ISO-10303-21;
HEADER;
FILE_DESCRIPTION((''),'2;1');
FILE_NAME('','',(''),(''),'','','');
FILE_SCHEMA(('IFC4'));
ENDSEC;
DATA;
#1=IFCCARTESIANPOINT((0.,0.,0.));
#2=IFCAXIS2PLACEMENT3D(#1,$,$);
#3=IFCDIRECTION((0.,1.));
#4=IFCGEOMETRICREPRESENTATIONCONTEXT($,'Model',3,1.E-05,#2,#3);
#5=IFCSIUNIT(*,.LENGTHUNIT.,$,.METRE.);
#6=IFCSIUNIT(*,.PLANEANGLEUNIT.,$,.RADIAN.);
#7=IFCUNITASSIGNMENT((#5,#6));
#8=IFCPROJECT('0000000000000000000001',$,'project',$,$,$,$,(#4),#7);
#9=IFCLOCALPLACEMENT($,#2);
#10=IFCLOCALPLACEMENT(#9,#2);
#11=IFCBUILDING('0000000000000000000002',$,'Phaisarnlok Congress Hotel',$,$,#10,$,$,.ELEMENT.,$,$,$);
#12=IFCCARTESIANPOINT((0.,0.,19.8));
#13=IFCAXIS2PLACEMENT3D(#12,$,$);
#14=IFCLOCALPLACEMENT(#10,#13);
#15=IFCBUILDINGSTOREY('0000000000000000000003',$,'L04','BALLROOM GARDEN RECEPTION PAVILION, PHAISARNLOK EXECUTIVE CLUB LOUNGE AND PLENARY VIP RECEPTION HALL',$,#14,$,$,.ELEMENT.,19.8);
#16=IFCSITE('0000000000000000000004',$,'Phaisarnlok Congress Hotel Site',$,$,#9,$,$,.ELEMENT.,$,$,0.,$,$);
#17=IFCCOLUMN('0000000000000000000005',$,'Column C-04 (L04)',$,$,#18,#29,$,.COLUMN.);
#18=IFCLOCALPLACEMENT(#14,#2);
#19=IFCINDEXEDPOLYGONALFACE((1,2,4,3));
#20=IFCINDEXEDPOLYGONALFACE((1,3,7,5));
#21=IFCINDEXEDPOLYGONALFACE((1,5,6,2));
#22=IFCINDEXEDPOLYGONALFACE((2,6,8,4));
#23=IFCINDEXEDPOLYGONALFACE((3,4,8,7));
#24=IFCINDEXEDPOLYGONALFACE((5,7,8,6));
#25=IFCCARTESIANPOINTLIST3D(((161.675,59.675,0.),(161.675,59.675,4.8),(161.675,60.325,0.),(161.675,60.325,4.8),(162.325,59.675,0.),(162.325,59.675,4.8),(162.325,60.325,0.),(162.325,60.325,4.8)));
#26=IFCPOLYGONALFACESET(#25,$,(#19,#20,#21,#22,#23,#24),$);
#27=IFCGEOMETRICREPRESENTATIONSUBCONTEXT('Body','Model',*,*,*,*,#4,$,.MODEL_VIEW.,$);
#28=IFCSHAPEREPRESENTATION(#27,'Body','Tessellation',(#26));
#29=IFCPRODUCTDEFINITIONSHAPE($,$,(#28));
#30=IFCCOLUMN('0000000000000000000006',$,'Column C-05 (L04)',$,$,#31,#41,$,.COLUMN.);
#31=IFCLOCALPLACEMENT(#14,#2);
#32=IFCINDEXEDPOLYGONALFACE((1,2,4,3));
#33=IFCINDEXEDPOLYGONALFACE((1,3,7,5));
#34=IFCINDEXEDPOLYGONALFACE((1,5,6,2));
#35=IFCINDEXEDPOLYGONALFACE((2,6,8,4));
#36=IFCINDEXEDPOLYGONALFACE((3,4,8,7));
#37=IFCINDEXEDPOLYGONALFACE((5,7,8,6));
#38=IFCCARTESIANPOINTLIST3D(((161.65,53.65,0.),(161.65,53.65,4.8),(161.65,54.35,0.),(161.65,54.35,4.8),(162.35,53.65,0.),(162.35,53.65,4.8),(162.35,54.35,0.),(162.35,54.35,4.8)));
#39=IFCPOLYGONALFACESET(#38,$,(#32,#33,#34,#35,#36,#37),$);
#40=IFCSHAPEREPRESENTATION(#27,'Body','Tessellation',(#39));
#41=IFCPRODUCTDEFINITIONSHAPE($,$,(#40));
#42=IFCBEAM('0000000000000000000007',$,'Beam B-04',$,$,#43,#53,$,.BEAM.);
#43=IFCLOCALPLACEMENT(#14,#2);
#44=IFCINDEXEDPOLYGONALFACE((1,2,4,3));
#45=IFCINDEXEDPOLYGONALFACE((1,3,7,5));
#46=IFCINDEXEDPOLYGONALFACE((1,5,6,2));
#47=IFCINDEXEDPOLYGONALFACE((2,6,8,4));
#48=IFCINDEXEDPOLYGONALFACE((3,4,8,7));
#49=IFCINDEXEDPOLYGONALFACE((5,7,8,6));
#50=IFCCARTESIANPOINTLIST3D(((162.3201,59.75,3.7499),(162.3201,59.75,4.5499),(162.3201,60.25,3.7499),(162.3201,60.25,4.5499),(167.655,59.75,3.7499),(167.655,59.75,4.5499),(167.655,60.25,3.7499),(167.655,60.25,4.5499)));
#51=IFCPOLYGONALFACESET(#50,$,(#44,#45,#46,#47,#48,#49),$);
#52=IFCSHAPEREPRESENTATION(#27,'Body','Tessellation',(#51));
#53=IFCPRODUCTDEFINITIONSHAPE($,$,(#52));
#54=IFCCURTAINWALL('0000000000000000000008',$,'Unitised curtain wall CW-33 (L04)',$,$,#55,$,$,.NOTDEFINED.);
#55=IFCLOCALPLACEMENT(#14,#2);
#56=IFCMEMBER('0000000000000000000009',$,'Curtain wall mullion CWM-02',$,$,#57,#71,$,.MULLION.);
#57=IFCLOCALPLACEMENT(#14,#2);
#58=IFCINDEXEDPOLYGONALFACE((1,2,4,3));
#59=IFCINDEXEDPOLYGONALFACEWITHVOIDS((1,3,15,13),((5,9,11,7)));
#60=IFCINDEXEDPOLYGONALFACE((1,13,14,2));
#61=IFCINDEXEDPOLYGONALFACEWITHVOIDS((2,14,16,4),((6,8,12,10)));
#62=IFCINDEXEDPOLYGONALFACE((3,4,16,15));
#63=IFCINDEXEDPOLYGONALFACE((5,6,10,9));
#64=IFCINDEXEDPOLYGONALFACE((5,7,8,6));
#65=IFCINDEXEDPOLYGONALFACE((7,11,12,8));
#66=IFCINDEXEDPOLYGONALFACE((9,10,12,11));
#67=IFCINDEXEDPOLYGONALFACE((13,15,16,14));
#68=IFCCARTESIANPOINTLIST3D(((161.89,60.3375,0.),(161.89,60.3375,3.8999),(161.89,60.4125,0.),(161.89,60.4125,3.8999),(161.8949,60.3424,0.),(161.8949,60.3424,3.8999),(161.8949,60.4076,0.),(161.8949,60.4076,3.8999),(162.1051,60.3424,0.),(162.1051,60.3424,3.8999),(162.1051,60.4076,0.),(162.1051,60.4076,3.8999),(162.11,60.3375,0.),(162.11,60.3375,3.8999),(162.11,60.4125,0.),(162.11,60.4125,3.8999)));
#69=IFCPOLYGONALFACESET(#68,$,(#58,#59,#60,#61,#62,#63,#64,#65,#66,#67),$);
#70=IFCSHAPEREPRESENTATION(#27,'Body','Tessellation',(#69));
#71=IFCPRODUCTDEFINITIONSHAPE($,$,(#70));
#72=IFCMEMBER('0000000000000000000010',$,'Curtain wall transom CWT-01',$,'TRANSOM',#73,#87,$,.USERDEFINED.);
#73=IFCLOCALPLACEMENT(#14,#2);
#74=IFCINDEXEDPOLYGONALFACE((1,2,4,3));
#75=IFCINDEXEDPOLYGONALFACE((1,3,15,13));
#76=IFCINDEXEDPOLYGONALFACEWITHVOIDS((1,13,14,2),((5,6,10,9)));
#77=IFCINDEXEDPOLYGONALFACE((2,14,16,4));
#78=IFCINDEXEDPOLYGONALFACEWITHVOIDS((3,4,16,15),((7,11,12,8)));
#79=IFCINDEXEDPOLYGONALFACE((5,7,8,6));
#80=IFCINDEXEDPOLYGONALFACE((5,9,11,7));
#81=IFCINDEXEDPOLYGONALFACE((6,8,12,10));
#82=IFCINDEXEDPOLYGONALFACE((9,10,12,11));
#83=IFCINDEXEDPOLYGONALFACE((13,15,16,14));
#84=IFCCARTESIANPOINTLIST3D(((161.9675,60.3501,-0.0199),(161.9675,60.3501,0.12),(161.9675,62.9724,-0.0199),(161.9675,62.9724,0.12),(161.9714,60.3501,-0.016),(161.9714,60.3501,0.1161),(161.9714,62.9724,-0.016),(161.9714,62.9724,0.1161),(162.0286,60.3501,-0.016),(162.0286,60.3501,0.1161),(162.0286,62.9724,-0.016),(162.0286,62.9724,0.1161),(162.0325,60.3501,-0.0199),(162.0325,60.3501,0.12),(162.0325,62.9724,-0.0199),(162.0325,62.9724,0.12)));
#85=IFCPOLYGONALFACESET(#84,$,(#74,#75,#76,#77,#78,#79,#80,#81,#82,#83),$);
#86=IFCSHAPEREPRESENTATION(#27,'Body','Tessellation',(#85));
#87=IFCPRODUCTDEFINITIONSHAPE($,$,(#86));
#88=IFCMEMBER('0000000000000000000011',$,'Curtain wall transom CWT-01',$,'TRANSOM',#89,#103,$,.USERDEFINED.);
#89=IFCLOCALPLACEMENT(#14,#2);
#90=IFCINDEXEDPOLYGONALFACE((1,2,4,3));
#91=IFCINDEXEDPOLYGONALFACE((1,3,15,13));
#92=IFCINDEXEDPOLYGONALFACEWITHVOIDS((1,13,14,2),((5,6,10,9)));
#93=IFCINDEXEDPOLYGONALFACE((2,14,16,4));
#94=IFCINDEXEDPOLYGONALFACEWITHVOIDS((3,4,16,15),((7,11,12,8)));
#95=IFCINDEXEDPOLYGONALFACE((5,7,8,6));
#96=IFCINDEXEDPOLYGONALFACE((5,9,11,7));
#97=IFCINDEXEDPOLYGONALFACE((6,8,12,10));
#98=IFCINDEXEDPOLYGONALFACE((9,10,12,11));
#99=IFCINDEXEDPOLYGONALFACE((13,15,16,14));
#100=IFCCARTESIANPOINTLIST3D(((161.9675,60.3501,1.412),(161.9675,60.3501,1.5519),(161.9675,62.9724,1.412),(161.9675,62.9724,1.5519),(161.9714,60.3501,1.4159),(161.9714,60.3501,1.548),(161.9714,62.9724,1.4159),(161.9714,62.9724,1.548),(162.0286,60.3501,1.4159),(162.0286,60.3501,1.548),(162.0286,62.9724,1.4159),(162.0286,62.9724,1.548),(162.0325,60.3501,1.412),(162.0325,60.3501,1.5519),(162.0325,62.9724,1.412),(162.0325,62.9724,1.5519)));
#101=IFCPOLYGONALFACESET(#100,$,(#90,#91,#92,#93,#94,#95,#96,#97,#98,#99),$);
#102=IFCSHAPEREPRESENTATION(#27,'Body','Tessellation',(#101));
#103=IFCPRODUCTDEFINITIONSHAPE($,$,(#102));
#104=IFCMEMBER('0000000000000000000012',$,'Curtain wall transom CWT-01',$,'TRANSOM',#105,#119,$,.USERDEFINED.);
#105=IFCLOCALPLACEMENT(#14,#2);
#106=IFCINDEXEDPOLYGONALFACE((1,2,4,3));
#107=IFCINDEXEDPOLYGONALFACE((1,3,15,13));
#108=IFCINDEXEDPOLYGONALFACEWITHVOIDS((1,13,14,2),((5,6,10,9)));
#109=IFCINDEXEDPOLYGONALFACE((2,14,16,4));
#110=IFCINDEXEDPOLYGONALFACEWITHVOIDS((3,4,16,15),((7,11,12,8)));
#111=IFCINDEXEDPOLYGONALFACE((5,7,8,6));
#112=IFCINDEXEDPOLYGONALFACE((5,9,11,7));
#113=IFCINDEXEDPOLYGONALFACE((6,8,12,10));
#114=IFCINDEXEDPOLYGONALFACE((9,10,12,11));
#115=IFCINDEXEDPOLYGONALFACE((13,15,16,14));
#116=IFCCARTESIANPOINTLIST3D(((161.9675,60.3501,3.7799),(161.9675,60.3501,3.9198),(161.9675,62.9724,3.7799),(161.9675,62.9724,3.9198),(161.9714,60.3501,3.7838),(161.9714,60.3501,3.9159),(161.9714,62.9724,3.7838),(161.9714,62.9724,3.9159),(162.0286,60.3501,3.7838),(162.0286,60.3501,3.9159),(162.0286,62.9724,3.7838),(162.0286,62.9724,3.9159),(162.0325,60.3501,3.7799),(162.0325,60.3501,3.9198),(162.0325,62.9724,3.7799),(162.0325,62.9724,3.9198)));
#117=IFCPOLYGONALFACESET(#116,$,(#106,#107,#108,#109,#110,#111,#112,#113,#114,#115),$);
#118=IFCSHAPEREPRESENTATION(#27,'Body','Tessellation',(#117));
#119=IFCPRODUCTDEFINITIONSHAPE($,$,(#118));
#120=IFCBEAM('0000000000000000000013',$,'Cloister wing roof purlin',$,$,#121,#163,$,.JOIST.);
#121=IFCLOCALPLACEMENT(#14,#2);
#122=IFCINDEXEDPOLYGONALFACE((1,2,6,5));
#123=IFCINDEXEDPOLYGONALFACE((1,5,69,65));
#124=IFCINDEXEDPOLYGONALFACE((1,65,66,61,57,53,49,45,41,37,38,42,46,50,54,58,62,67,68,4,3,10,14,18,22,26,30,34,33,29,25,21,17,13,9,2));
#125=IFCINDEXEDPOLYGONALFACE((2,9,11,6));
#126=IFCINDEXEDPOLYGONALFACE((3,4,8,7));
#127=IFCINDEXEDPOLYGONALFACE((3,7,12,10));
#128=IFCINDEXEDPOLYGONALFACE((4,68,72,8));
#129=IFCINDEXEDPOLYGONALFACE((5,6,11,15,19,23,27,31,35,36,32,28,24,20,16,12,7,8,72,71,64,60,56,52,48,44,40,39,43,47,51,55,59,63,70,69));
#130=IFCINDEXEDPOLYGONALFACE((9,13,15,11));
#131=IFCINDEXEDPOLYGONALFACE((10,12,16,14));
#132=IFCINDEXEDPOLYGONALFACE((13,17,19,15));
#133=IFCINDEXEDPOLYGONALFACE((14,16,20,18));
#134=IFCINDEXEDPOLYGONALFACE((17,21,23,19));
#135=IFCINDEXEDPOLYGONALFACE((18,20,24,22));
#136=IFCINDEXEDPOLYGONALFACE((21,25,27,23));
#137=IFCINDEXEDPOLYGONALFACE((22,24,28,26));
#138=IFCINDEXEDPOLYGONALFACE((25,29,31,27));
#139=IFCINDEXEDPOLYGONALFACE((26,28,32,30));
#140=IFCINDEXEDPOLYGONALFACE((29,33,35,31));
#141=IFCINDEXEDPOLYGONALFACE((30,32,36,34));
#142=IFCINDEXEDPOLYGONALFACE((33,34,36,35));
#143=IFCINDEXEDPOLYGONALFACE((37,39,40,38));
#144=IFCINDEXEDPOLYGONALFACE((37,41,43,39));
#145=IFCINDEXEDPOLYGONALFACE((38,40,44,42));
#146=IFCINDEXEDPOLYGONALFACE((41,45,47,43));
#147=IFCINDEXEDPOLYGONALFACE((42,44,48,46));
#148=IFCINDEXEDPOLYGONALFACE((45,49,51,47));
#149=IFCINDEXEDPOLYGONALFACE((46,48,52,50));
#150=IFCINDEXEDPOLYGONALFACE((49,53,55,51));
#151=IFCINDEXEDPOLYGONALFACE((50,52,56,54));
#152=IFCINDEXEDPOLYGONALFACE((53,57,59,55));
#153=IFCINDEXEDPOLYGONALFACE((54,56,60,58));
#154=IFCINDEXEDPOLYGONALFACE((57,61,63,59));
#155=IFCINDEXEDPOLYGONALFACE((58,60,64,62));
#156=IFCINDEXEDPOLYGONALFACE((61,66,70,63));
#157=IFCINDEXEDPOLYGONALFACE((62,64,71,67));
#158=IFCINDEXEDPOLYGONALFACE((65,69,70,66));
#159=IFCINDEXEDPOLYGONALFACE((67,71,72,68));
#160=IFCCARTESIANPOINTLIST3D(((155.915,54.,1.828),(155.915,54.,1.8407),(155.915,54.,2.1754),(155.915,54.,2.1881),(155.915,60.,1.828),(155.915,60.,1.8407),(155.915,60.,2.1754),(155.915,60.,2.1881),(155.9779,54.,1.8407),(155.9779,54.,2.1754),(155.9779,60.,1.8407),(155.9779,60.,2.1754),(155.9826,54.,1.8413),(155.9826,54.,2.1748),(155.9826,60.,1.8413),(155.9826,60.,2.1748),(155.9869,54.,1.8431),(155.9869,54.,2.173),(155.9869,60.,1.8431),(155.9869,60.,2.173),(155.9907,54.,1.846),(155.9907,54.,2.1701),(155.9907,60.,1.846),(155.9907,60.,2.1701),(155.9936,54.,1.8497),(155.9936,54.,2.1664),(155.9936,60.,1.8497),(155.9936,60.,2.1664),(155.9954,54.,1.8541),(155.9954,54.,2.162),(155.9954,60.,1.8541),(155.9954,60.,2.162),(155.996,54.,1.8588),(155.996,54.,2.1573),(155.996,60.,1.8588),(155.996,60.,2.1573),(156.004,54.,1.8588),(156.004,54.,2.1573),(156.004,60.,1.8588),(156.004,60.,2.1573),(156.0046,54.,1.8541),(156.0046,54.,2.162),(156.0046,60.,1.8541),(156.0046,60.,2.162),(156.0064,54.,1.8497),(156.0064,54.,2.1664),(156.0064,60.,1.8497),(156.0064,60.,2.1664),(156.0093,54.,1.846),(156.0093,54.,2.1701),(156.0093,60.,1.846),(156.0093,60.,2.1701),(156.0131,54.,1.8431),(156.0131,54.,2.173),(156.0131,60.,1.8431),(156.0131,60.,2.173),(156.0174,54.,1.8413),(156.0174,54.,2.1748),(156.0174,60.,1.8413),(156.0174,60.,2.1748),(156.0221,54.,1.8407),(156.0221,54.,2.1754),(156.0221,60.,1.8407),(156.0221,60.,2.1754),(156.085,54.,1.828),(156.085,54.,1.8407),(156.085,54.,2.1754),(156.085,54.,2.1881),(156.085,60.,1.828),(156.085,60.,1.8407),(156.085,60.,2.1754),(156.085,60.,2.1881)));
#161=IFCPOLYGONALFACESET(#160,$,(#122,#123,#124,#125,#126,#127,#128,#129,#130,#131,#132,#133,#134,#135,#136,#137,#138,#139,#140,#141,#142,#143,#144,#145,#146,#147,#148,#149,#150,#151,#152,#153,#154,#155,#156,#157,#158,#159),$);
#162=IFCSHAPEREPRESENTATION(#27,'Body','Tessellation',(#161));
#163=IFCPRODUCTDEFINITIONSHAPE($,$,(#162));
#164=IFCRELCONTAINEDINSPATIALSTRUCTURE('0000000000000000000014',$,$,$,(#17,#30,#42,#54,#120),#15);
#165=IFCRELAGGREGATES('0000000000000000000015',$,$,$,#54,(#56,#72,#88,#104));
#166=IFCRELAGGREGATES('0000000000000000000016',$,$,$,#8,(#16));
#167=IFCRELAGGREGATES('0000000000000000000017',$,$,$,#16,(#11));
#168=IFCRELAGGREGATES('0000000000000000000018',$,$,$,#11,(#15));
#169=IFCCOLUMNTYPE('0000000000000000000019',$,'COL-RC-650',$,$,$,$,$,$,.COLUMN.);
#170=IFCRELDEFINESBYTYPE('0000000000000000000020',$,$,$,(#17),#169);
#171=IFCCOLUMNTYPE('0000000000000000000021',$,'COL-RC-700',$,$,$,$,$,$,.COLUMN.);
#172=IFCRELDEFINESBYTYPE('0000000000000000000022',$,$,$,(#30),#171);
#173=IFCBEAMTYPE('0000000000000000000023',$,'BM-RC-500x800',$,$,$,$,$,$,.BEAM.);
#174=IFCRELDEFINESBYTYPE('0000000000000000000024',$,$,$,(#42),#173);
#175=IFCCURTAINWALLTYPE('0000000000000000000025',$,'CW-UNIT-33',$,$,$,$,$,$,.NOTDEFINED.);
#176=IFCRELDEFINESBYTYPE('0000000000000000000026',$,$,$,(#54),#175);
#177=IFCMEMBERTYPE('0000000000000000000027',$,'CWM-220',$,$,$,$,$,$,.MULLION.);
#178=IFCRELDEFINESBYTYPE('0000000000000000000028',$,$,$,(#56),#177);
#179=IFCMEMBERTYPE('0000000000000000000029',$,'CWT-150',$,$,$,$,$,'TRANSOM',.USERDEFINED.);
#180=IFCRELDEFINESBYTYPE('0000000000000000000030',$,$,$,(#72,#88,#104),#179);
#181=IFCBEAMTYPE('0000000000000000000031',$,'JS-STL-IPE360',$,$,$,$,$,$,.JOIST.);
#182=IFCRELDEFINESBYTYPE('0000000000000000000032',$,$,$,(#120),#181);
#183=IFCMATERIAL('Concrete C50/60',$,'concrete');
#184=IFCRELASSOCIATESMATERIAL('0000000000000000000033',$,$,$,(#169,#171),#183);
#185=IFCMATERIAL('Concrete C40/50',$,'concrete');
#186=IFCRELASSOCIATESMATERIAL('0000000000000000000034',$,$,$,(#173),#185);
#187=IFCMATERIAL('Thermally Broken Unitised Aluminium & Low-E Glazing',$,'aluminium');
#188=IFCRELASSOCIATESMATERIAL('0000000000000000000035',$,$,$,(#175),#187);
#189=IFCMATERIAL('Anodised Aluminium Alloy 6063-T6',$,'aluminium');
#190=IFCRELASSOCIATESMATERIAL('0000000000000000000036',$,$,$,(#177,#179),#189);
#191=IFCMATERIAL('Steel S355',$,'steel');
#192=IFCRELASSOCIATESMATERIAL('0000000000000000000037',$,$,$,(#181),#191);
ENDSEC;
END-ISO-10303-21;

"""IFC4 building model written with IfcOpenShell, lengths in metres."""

from ifc_helpers import new_model, si_unit, direction, frame, origin, origin_2d, place, context, subcontext, project, spatial, rectangle, hollow_rectangle, i_section, extrude, material, material_profile, profile_set, type_object, element, aggregate, save


model = new_model("IFC4")

# Units and contexts
model_context = context("Model", 3, precision=1e-05, world=origin(), true_north=direction((0.0, 1.0)))
body_context = subcontext(model_context, "Body", "Model", "MODEL_VIEW")
ifc_project = project(units=[si_unit("LENGTHUNIT", "METRE"), si_unit("PLANEANGLEUNIT", "RADIAN")], contexts=[model_context])

# Site, building, storey
site_placement = place(None, origin())
site = spatial("IfcSite", under=ifc_project, at=site_placement, Name="Phaisarnlok Congress Hotel Site", CompositionType="ELEMENT", RefElevation=0.0)
building_placement = place(site_placement, origin())
building = spatial("IfcBuilding", under=site, at=building_placement, Name="Phaisarnlok Congress Hotel", CompositionType="ELEMENT")
storey_placement = place(building_placement, frame((0.0, 0.0, 19.8)))
storey = spatial("IfcBuildingStorey", under=building, at=storey_placement, Name="L04", Description="BALLROOM GARDEN RECEPTION PAVILION, PHAISARNLOK EXECUTIVE CLUB LOUNGE AND PLENARY VIP RECEPTION HALL", CompositionType="ELEMENT", Elevation=19.8)

# Columns
ifc_material_1 = material(Name="Concrete C50/60", Category="concrete")
ifc_material_profile_1 = material_profile(ifc_material_1, rectangle(XDim=0.6499, YDim=0.6499, at=origin_2d()), Name="RC 650x650")
ifc_profile_set_1 = profile_set([ifc_material_profile_1], Name="Concrete C50/60")
column_type_1 = type_object("IfcColumnType", Name="COL-RC-650", PredefinedType="COLUMN", material=ifc_profile_set_1)
column_1_placement = place(storey_placement, frame((162.0, 60.0, 0.0), z_axis=(0.0, 0.0, 1.0), x_axis=(1.0, 0.0, 0.0)))
element("IfcColumn", 1, at=column_1_placement, inside=storey, type_object=column_type_1, Name="Column C-04 (L04)", PredefinedType="COLUMN", context=body_context, shape_type="SweptSolid", body=[
    extrude(rectangle(XDim=0.6499, YDim=0.6499, at=origin_2d()), origin(), (0.0, 0.0, 1.0), 4.8),
])
ifc_material_profile_2 = material_profile(ifc_material_1, rectangle(XDim=0.7, YDim=0.7, at=origin_2d()), Name="RC 700x700")
ifc_profile_set_2 = profile_set([ifc_material_profile_2], Name="Concrete C50/60")
column_type_2 = type_object("IfcColumnType", Name="COL-RC-700", PredefinedType="COLUMN", material=ifc_profile_set_2)
column_2_placement = place(storey_placement, frame((162.0, 54.0, 0.0), z_axis=(0.0, 0.0, 1.0), x_axis=(1.0, 0.0, 0.0)))
element("IfcColumn", 2, at=column_2_placement, inside=storey, type_object=column_type_2, Name="Column C-05 (L04)", PredefinedType="COLUMN", context=body_context, shape_type="SweptSolid", body=[
    extrude(rectangle(XDim=0.7, YDim=0.7, at=origin_2d()), origin(), (0.0, 0.0, 1.0), 4.8),
])

# Beam
ifc_material_2 = material(Name="Concrete C40/50", Category="concrete")
ifc_material_profile_3 = material_profile(ifc_material_2, rectangle(XDim=0.5, YDim=0.8, at=origin_2d()), Name="RC 500x800")
ifc_profile_set_3 = profile_set([ifc_material_profile_3], Name="Concrete C40/50")
beam_type_1 = type_object("IfcBeamType", Name="BM-RC-500x800", PredefinedType="BEAM", material=ifc_profile_set_3)
beam_placement = place(storey_placement, frame((162.3201, 60.0, 4.1499), z_axis=(1.0, 0.0, 0.0), x_axis=(0.0, 1.0, 0.0)))
element("IfcBeam", 3, at=beam_placement, inside=storey, type_object=beam_type_1, Name="Beam B-04", PredefinedType="BEAM", context=body_context, shape_type="SweptSolid", body=[
    extrude(rectangle(XDim=0.5, YDim=0.8, at=origin_2d()), origin(), (0.0, 0.0, 1.0), 5.335),
])

# Curtain wall, members
ifc_material_3 = material(Name="Thermally Broken Unitised Aluminium & Low-E Glazing", Category="aluminium")
curtain_wall_type = type_object("IfcCurtainWallType", Name="CW-UNIT-33", PredefinedType="NOTDEFINED", material=ifc_material_3)
curtain_wall_placement = place(storey_placement, origin())
curtain_wall = element("IfcCurtainWall", 4, at=curtain_wall_placement, inside=storey, type_object=curtain_wall_type, Name="Unitised curtain wall CW-33 (L04)", PredefinedType="NOTDEFINED")
ifc_material_4 = material(Name="Anodised Aluminium Alloy 6063-T6", Category="aluminium")
ifc_material_profile_4 = material_profile(ifc_material_4, hollow_rectangle(XDim=0.075, YDim=0.22, WallThickness=0.0049, at=origin_2d()), Name="ALU-M 75x220x5")
ifc_profile_set_4 = profile_set([ifc_material_profile_4], Name="Anodised Aluminium Alloy 6063-T6")
member_type_1 = type_object("IfcMemberType", Name="CWM-220", PredefinedType="MULLION", material=ifc_profile_set_4)
member_1_placement = place(storey_placement, frame((162.0, 60.375, 0.0), z_axis=(0.0, 0.0, 1.0), x_axis=(0.0, -1.0, 0.0)))
member_1 = element("IfcMember", 5, at=member_1_placement, type_object=member_type_1, Name="Curtain wall mullion CWM-02", PredefinedType="MULLION", context=body_context, shape_type="SweptSolid", body=[
    extrude(hollow_rectangle(XDim=0.075, YDim=0.22, WallThickness=0.0049, at=origin_2d()), origin(), (0.0, 0.0, 1.0), 3.8999),
])
ifc_material_profile_5 = material_profile(ifc_material_4, hollow_rectangle(XDim=0.0649, YDim=0.1399, WallThickness=0.0039, at=origin_2d()), Name="ALU-T 65x140x4")
ifc_profile_set_5 = profile_set([ifc_material_profile_5], Name="Anodised Aluminium Alloy 6063-T6")
member_type_2 = type_object("IfcMemberType", Name="CWT-150", ElementType="TRANSOM", PredefinedType="USERDEFINED", material=ifc_profile_set_5)
member_2_placement = place(storey_placement, frame((162.0, 62.9724, 0.05), z_axis=(0.0, -1.0, 0.0), x_axis=(1.0, 0.0, 0.0)))
member_2 = element("IfcMember", 6, at=member_2_placement, type_object=member_type_2, Name="Curtain wall transom CWT-01", ObjectType="TRANSOM", PredefinedType="USERDEFINED", context=body_context, shape_type="SweptSolid", body=[
    extrude(hollow_rectangle(XDim=0.0649, YDim=0.1399, WallThickness=0.0039, at=origin_2d()), origin(), (0.0, 0.0, 1.0), 2.6223),
])
member_3_placement = place(storey_placement, frame((162.0, 62.9724, 1.4819), z_axis=(0.0, -1.0, 0.0), x_axis=(1.0, 0.0, 0.0)))
member_3 = element("IfcMember", 7, at=member_3_placement, type_object=member_type_2, Name="Curtain wall transom CWT-01", ObjectType="TRANSOM", PredefinedType="USERDEFINED", context=body_context, shape_type="SweptSolid", body=[
    extrude(hollow_rectangle(XDim=0.0649, YDim=0.1399, WallThickness=0.0039, at=origin_2d()), origin(), (0.0, 0.0, 1.0), 2.6223),
])
member_4_placement = place(storey_placement, frame((162.0, 62.9724, 3.8499), z_axis=(0.0, -1.0, 0.0), x_axis=(1.0, 0.0, 0.0)))
member_4 = element("IfcMember", 8, at=member_4_placement, type_object=member_type_2, Name="Curtain wall transom CWT-01", ObjectType="TRANSOM", PredefinedType="USERDEFINED", context=body_context, shape_type="SweptSolid", body=[
    extrude(hollow_rectangle(XDim=0.0649, YDim=0.1399, WallThickness=0.0039, at=origin_2d()), origin(), (0.0, 0.0, 1.0), 2.6223),
])

# Beam
ifc_material_5 = material(Name="Steel S355", Category="steel")
ifc_material_profile_6 = material_profile(ifc_material_5, i_section(OverallWidth=0.1699, OverallDepth=0.3601, WebThickness=0.0081, FlangeThickness=0.0127, FilletRadius=0.0181, at=origin_2d()), Name="IPE 360")
ifc_profile_set_6 = profile_set([ifc_material_profile_6], Name="Steel S355")
beam_type_2 = type_object("IfcBeamType", Name="JS-STL-IPE360", PredefinedType="JOIST", material=ifc_profile_set_6)
for number, where, z_axis, x_axis, name in (
    (9, (156.0, 54.0, 2.0081), (0.0, 1.0, 0.0), (-1.0, 0.0, 0.0), "Cloister wing roof purlin"),
):
    element("IfcBeam", number, at=place(storey_placement, frame(where, z_axis=z_axis, x_axis=x_axis)), inside=storey, type_object=beam_type_2, Name=name, PredefinedType="JOIST", context=body_context, shape_type="SweptSolid", body=[
        extrude(i_section(OverallWidth=0.1699, OverallDepth=0.3601, WebThickness=0.0081, FlangeThickness=0.0127, FilletRadius=0.0181, at=origin_2d()), origin(), (0.0, 0.0, 1.0), 6.0),
    ])

aggregate(curtain_wall, [member_1, member_2, member_3, member_4])

save(model, "model.ifc")
